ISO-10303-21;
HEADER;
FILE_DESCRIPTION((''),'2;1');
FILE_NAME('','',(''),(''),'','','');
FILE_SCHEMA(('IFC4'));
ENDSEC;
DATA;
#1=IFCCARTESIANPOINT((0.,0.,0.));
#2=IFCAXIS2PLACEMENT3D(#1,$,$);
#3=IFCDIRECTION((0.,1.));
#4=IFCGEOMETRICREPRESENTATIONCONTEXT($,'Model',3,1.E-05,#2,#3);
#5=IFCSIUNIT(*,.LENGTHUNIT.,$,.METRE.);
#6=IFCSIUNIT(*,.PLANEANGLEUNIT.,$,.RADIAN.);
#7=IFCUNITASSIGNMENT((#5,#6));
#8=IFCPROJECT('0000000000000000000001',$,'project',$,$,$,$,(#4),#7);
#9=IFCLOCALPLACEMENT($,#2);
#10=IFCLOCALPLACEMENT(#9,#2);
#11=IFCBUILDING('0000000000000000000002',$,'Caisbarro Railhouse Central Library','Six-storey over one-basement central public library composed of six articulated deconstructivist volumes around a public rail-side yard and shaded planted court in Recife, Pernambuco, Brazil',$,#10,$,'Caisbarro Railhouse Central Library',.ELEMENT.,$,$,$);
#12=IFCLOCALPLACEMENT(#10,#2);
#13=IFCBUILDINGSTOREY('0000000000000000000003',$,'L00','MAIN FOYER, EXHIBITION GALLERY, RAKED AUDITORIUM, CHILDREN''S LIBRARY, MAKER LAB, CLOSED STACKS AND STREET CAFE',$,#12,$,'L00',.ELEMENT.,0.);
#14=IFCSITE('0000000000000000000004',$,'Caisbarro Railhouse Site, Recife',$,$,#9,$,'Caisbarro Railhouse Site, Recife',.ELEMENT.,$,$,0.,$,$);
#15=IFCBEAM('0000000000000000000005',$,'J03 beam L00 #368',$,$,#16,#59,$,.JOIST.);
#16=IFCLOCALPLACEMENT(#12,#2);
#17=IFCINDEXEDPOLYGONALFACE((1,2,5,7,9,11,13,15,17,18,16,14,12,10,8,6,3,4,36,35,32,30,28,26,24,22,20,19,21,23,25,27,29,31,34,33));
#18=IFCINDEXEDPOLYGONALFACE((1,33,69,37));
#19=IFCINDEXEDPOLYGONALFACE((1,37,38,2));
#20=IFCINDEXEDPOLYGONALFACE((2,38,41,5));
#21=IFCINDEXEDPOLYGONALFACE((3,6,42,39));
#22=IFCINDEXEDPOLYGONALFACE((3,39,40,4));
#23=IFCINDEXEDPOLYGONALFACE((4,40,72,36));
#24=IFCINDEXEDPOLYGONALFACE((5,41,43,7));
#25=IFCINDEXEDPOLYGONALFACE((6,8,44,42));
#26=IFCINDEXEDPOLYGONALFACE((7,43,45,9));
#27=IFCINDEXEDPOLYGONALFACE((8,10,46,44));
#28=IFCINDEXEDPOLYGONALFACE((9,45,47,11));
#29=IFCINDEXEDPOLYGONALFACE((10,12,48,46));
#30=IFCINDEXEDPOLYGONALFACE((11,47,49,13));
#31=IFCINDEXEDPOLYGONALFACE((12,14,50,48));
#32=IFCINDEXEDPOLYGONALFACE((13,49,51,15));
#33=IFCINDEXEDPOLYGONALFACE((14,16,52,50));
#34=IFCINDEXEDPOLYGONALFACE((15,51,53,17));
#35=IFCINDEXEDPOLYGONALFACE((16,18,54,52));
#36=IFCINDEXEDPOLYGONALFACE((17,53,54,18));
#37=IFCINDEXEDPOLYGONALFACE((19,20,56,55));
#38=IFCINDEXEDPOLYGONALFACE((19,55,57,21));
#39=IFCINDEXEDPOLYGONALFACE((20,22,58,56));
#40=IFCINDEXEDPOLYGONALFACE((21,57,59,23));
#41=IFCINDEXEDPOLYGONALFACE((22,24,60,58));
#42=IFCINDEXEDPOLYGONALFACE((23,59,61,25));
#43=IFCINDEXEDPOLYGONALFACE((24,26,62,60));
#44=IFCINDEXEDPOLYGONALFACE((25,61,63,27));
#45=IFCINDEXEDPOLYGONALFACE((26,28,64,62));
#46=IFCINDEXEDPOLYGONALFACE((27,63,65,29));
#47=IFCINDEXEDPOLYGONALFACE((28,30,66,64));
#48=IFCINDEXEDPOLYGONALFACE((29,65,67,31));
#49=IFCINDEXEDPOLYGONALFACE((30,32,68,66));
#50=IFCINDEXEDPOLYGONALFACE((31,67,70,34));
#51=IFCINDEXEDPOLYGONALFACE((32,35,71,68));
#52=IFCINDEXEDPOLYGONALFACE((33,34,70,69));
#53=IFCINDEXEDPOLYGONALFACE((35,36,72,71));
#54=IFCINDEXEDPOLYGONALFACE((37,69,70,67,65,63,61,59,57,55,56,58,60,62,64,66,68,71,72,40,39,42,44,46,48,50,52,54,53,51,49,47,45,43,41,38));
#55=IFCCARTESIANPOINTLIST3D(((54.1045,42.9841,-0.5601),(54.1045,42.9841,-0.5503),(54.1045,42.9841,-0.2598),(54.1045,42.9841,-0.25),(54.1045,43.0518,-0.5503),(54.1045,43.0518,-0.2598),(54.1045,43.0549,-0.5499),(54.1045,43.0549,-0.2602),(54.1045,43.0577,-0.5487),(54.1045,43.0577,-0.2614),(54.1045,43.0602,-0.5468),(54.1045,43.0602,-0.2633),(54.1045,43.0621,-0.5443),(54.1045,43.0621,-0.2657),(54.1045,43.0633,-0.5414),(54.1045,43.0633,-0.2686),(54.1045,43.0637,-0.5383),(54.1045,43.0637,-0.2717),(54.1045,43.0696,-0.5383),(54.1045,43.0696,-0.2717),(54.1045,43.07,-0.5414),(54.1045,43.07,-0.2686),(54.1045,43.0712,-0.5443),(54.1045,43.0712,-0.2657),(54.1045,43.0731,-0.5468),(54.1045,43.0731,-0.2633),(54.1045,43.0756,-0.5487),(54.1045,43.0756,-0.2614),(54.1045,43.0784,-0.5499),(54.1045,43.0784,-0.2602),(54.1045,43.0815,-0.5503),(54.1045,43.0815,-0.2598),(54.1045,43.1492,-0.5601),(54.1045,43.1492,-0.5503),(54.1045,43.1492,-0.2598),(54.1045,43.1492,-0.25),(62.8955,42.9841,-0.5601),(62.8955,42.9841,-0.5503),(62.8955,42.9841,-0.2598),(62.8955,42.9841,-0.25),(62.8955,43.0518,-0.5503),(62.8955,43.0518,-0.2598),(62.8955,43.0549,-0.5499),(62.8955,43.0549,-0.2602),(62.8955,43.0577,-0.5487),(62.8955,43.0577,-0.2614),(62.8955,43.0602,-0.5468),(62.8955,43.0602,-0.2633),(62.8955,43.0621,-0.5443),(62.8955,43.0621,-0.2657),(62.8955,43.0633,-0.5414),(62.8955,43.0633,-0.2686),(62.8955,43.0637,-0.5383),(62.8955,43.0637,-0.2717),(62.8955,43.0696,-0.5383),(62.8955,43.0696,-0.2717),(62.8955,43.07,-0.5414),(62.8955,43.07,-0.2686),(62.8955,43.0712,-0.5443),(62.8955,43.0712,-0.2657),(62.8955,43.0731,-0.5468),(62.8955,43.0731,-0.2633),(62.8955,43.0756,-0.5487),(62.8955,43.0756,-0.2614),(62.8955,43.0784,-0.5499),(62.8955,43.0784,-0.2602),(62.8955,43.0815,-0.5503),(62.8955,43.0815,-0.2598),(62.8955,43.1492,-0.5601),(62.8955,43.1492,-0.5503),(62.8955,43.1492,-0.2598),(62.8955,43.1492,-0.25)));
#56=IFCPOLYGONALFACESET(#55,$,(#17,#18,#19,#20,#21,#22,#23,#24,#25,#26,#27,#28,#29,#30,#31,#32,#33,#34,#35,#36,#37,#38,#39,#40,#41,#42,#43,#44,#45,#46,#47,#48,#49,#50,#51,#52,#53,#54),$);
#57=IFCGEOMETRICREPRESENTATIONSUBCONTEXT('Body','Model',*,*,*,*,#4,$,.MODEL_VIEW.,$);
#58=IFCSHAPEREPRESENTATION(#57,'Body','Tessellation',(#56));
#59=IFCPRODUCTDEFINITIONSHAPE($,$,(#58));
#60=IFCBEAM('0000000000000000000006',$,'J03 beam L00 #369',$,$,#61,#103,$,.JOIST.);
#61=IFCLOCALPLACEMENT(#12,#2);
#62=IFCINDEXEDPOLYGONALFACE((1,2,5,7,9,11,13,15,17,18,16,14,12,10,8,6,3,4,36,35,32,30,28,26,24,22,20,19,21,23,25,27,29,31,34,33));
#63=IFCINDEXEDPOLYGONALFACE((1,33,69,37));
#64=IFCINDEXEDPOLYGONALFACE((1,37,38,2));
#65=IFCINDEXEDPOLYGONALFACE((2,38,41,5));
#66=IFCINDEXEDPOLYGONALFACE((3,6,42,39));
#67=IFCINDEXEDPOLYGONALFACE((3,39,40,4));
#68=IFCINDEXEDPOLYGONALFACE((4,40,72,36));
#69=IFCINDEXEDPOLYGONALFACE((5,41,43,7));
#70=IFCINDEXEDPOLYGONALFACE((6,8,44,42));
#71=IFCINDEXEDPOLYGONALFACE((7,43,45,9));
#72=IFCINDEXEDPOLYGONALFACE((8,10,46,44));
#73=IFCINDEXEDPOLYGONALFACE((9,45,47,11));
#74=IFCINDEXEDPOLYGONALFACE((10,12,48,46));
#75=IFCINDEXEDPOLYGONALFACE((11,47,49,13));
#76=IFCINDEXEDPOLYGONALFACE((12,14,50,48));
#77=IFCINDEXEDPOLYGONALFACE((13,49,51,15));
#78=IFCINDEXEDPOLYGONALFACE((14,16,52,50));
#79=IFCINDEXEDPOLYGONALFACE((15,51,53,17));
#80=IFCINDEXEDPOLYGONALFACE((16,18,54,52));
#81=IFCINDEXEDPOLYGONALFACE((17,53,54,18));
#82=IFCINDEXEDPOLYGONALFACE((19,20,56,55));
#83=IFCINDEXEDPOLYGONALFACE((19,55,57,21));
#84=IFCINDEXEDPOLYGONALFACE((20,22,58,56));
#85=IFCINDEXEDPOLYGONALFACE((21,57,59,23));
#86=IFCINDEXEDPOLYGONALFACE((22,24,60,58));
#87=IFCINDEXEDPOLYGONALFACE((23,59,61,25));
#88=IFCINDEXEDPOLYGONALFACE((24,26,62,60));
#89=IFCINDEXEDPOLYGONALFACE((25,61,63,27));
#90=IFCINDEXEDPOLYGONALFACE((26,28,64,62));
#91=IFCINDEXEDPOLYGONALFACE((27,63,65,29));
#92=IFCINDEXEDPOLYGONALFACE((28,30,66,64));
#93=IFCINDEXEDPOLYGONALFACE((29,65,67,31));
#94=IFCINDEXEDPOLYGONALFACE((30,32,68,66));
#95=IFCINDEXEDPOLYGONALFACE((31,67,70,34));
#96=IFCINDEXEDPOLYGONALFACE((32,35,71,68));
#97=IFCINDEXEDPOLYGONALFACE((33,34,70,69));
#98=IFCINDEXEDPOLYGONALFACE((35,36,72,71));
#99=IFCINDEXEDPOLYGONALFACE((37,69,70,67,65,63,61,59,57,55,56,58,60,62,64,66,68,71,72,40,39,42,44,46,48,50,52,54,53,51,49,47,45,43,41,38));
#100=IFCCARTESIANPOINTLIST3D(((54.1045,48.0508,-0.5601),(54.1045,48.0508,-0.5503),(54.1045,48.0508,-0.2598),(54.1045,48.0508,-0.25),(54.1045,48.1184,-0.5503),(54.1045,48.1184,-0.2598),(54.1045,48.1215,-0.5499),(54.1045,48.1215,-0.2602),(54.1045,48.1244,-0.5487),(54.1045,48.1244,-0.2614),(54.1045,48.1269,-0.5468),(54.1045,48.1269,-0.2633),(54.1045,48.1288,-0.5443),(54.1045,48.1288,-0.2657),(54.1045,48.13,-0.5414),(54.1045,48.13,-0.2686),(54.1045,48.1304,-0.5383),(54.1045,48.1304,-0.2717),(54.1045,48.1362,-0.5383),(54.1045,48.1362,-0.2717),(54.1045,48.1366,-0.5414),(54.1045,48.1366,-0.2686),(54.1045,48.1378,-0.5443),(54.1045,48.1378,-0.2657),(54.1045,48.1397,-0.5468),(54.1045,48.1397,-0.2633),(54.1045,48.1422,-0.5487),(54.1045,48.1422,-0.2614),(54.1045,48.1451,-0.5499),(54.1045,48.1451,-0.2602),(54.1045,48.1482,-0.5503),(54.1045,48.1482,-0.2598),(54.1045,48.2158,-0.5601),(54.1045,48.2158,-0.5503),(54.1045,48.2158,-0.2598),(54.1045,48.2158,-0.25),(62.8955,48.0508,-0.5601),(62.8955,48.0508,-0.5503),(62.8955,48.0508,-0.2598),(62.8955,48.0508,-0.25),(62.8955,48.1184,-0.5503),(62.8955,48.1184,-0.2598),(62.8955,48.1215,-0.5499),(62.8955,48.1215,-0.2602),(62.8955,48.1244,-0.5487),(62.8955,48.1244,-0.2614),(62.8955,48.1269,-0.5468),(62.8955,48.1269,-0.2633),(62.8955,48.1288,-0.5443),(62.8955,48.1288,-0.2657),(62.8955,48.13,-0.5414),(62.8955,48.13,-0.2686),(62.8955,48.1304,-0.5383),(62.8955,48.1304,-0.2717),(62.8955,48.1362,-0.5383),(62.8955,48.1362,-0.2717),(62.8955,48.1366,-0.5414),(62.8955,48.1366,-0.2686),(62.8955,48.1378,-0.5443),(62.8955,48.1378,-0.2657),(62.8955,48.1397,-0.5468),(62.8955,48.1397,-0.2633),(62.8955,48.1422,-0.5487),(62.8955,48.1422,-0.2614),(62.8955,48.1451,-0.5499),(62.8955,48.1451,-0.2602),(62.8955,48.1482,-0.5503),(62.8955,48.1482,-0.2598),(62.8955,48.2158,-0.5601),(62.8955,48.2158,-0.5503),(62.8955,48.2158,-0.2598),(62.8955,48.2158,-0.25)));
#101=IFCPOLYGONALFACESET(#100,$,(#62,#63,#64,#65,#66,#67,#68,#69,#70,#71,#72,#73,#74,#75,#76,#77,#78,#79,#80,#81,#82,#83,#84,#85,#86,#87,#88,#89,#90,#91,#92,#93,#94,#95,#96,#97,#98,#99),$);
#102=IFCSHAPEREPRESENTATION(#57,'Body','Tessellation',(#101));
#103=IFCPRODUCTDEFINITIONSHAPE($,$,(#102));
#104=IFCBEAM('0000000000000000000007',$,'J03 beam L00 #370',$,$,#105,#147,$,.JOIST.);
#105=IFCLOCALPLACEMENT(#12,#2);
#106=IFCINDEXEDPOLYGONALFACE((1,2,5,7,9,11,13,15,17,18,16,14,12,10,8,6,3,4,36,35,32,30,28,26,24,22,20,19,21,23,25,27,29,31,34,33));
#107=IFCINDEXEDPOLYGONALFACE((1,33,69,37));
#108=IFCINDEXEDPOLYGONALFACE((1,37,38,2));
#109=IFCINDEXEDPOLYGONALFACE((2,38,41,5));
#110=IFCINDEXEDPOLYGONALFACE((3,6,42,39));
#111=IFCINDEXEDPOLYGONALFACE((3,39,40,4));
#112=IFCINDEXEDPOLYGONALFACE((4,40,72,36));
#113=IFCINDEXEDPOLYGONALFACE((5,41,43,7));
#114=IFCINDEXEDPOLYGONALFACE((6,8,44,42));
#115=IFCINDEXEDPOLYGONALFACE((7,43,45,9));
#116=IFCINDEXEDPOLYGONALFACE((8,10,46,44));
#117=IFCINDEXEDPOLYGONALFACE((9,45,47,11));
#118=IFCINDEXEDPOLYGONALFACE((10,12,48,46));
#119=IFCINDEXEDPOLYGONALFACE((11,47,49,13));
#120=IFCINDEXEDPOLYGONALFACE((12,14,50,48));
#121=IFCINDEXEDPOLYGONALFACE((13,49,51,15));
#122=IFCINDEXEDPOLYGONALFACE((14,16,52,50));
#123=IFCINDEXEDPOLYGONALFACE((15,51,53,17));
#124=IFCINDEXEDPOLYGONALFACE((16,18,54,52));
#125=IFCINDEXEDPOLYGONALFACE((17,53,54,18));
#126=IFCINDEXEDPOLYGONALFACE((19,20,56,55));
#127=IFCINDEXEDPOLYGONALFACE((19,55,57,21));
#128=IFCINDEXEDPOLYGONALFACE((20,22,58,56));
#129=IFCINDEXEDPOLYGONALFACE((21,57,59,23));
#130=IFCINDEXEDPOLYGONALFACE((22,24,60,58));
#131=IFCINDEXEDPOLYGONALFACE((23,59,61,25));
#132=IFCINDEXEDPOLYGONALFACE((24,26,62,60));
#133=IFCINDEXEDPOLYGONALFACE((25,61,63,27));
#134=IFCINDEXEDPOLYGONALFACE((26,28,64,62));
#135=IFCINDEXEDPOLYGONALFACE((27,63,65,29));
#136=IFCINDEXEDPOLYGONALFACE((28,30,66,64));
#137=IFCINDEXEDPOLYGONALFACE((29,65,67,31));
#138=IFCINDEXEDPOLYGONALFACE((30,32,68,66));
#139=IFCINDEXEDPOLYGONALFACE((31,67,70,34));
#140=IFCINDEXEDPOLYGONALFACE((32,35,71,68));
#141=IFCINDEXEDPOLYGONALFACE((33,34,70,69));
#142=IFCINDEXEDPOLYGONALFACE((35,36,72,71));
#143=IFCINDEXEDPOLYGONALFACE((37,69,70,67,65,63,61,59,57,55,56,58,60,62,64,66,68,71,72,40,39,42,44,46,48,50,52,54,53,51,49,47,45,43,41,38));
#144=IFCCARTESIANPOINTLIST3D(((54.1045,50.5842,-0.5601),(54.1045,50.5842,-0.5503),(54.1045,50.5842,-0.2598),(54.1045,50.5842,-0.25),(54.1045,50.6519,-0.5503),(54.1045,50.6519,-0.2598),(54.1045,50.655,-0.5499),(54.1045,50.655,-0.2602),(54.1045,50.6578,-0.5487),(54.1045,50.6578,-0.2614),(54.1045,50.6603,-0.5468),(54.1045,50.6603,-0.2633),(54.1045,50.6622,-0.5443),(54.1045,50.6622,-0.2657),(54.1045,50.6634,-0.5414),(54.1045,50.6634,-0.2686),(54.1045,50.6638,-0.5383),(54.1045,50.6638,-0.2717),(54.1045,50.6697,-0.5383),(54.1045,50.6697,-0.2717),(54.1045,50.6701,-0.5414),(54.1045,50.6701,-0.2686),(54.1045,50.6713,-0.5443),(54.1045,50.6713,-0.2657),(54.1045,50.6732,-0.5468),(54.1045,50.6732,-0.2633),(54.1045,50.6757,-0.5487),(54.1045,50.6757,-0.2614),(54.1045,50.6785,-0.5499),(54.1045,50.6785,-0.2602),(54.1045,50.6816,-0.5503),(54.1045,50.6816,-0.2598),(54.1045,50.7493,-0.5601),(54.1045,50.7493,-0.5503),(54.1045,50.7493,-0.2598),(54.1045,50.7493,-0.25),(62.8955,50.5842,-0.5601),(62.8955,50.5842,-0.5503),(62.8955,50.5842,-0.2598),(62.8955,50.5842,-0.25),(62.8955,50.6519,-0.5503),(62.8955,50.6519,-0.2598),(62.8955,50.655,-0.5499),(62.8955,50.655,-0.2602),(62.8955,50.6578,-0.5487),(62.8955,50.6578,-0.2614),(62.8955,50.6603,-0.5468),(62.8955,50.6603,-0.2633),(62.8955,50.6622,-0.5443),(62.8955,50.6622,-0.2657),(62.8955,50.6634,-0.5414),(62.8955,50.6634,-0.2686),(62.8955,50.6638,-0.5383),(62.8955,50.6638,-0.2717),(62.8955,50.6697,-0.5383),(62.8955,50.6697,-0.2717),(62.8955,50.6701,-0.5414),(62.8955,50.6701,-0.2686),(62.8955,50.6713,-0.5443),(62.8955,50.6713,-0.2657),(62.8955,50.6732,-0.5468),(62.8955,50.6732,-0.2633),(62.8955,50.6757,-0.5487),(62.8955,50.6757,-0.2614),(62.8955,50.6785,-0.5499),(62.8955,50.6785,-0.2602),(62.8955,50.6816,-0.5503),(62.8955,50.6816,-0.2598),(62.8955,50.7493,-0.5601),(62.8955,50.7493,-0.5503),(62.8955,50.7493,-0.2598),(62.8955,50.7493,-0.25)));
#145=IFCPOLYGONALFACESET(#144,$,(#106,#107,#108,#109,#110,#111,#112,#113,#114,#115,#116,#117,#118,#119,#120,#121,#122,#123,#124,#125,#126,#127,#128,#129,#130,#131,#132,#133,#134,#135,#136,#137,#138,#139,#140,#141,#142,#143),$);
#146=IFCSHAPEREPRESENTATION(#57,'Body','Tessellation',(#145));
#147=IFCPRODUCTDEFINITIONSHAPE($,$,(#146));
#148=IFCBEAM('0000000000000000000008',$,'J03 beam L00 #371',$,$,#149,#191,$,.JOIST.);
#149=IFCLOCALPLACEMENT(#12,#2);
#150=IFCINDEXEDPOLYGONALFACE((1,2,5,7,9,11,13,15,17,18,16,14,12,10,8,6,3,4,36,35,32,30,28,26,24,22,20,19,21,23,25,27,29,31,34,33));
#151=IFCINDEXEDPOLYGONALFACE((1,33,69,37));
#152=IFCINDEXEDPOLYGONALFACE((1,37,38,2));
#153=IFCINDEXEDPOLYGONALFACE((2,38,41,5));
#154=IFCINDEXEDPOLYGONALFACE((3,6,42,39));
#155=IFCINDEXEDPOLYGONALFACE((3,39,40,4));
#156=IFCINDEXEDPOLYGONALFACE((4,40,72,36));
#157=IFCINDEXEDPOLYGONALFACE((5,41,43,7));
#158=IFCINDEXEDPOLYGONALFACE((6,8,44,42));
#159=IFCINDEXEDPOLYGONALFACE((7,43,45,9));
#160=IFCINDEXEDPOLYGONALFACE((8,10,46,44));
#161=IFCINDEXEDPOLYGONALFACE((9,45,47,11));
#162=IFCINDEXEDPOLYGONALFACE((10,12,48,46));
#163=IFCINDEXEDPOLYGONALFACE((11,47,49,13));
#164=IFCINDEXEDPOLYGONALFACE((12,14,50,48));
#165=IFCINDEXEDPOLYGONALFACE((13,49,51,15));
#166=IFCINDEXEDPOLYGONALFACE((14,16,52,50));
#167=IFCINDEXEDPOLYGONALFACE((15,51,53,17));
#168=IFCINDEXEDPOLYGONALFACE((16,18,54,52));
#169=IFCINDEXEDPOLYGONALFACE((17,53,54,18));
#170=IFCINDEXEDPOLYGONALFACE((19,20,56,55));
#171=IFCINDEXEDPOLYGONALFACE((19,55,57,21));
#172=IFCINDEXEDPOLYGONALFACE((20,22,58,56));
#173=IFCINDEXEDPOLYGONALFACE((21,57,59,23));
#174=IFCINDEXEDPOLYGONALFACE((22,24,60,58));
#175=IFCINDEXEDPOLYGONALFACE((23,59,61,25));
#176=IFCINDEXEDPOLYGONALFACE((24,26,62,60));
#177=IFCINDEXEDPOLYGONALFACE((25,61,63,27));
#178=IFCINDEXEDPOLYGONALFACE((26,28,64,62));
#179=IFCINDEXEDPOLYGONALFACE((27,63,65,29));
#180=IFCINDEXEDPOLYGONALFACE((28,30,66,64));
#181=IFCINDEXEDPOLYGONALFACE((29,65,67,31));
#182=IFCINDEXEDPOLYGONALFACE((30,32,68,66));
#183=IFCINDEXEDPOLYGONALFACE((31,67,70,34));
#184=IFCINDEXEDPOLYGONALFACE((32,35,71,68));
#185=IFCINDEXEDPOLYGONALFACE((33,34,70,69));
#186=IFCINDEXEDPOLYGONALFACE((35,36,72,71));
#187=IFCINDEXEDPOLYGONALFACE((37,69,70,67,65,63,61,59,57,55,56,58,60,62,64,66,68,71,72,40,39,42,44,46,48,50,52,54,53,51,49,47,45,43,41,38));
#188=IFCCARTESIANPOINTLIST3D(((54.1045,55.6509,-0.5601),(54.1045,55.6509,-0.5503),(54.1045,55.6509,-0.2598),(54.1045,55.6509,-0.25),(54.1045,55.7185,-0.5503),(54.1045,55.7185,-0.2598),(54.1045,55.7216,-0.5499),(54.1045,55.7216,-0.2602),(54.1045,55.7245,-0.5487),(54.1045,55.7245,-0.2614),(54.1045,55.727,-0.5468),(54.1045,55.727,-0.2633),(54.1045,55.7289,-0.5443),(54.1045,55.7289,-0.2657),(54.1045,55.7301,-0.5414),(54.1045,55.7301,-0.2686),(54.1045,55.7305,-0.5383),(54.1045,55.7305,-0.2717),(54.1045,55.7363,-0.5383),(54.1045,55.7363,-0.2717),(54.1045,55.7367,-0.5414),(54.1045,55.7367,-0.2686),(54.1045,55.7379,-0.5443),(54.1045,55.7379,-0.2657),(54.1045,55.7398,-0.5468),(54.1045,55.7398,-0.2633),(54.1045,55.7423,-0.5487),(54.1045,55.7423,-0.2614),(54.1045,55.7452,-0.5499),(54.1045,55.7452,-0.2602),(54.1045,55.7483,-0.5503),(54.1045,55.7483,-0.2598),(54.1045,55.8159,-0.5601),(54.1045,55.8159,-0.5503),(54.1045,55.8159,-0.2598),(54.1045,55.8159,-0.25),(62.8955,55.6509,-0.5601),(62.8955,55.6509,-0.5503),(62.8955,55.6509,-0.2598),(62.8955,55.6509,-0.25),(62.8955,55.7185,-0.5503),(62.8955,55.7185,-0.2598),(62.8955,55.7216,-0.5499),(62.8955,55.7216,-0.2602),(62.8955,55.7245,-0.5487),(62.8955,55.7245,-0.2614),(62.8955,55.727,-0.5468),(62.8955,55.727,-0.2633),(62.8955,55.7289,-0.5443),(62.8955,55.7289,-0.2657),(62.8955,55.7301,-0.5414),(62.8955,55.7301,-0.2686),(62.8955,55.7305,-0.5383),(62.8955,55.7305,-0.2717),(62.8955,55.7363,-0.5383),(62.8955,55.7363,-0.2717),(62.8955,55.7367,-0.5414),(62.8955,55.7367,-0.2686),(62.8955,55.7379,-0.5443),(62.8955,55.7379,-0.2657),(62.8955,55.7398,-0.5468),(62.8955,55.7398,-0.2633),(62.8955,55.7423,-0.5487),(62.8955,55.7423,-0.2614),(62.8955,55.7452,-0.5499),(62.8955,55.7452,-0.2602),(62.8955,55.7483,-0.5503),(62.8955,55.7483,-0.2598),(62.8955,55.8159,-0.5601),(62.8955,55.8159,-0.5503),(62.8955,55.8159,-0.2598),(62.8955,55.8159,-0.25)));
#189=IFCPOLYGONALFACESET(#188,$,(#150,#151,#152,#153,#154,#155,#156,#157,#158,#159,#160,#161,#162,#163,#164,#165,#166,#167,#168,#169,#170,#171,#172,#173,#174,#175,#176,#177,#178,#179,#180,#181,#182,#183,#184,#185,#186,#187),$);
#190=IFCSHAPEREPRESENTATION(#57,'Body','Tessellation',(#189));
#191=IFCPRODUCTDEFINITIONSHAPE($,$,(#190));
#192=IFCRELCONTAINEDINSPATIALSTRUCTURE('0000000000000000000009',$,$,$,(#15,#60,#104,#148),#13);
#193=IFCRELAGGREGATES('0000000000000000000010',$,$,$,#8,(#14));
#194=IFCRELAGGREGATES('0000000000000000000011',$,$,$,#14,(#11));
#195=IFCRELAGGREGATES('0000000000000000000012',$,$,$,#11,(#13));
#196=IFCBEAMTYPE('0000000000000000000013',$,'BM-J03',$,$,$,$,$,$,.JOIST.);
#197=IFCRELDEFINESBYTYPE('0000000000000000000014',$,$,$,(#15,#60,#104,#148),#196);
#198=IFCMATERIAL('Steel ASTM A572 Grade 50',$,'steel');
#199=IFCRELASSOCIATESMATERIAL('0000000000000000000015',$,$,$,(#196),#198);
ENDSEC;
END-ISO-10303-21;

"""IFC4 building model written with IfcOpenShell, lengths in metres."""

from ifc_helpers import new_model, si_unit, direction, frame, origin, origin_2d, place, context, subcontext, project, spatial, i_section, extrude, material, material_profile, profile_set, type_object, element, save


model = new_model("IFC4")

# Units and contexts
model_context = context("Model", 3, precision=1e-05, world=origin(), true_north=direction((0.0, 1.0)))
body_context = subcontext(model_context, "Body", "Model", "MODEL_VIEW")
ifc_project = project(units=[si_unit("LENGTHUNIT", "METRE"), si_unit("PLANEANGLEUNIT", "RADIAN")], contexts=[model_context])

# Site, building, storey
site_placement = place(None, origin())
site = spatial("IfcSite", under=ifc_project, at=site_placement, Name="Caisbarro Railhouse Site, Recife", LongName="Caisbarro Railhouse Site, Recife", CompositionType="ELEMENT", RefElevation=0.0)
building_placement = place(site_placement, origin())
building = spatial("IfcBuilding", under=site, at=building_placement, Name="Caisbarro Railhouse Central Library", Description="Six-storey over one-basement central public library composed of six articulated deconstructivist volumes around a public rail-side yard and shaded planted court in Recife, Pernambuco, Brazil", LongName="Caisbarro Railhouse Central Library", CompositionType="ELEMENT")
storey_placement = place(building_placement, origin())
storey = spatial("IfcBuildingStorey", under=building, at=storey_placement, Name="L00", Description="MAIN FOYER, EXHIBITION GALLERY, RAKED AUDITORIUM, CHILDREN'S LIBRARY, MAKER LAB, CLOSED STACKS AND STREET CAFE", LongName="L00", CompositionType="ELEMENT", Elevation=0.0)

# Shared definitions
ifc_material_1 = material(Name="Steel ASTM A572 Grade 50", Category="steel")

# Beams
ifc_material_profile_1 = material_profile(ifc_material_1, i_section(OverallWidth=0.165, OverallDepth=0.3101, WebThickness=0.0059, FlangeThickness=0.0098, FilletRadius=0.012, at=origin_2d()), Name="W310X38.7")
ifc_profile_set_1 = profile_set([ifc_material_profile_1], Name="Steel ASTM A572 Grade 50")
beam_type_1 = type_object("IfcBeamType", Name="BM-J03", PredefinedType="JOIST", material=ifc_profile_set_1)
for number, where, z_axis, x_axis, name in (
    (1, (54.1045, 43.0667, -0.405), (1.0, 0.0, 0.0), (0.0, 1.0, 0.0), "J03 beam L00 #368"),
    (2, (54.1045, 48.1333, -0.405), (1.0, 0.0, 0.0), (0.0, 1.0, 0.0), "J03 beam L00 #369"),
    (3, (54.1045, 50.6667, -0.405), (1.0, 0.0, 0.0), (0.0, 1.0, 0.0), "J03 beam L00 #370"),
    (4, (54.1045, 55.7334, -0.405), (1.0, 0.0, 0.0), (0.0, 1.0, 0.0), "J03 beam L00 #371"),
):
    element("IfcBeam", number, at=place(storey_placement, frame(where, z_axis=z_axis, x_axis=x_axis)), inside=storey, type_object=beam_type_1, Name=name, PredefinedType="JOIST", context=body_context, shape_type="SweptSolid", body=[
        extrude(i_section(OverallWidth=0.165, OverallDepth=0.3101, WebThickness=0.0059, FlangeThickness=0.0098, FilletRadius=0.012, at=origin_2d()), origin(), (0.0, 0.0, 1.0), 8.791),
    ])

save(model, "model.ifc")
